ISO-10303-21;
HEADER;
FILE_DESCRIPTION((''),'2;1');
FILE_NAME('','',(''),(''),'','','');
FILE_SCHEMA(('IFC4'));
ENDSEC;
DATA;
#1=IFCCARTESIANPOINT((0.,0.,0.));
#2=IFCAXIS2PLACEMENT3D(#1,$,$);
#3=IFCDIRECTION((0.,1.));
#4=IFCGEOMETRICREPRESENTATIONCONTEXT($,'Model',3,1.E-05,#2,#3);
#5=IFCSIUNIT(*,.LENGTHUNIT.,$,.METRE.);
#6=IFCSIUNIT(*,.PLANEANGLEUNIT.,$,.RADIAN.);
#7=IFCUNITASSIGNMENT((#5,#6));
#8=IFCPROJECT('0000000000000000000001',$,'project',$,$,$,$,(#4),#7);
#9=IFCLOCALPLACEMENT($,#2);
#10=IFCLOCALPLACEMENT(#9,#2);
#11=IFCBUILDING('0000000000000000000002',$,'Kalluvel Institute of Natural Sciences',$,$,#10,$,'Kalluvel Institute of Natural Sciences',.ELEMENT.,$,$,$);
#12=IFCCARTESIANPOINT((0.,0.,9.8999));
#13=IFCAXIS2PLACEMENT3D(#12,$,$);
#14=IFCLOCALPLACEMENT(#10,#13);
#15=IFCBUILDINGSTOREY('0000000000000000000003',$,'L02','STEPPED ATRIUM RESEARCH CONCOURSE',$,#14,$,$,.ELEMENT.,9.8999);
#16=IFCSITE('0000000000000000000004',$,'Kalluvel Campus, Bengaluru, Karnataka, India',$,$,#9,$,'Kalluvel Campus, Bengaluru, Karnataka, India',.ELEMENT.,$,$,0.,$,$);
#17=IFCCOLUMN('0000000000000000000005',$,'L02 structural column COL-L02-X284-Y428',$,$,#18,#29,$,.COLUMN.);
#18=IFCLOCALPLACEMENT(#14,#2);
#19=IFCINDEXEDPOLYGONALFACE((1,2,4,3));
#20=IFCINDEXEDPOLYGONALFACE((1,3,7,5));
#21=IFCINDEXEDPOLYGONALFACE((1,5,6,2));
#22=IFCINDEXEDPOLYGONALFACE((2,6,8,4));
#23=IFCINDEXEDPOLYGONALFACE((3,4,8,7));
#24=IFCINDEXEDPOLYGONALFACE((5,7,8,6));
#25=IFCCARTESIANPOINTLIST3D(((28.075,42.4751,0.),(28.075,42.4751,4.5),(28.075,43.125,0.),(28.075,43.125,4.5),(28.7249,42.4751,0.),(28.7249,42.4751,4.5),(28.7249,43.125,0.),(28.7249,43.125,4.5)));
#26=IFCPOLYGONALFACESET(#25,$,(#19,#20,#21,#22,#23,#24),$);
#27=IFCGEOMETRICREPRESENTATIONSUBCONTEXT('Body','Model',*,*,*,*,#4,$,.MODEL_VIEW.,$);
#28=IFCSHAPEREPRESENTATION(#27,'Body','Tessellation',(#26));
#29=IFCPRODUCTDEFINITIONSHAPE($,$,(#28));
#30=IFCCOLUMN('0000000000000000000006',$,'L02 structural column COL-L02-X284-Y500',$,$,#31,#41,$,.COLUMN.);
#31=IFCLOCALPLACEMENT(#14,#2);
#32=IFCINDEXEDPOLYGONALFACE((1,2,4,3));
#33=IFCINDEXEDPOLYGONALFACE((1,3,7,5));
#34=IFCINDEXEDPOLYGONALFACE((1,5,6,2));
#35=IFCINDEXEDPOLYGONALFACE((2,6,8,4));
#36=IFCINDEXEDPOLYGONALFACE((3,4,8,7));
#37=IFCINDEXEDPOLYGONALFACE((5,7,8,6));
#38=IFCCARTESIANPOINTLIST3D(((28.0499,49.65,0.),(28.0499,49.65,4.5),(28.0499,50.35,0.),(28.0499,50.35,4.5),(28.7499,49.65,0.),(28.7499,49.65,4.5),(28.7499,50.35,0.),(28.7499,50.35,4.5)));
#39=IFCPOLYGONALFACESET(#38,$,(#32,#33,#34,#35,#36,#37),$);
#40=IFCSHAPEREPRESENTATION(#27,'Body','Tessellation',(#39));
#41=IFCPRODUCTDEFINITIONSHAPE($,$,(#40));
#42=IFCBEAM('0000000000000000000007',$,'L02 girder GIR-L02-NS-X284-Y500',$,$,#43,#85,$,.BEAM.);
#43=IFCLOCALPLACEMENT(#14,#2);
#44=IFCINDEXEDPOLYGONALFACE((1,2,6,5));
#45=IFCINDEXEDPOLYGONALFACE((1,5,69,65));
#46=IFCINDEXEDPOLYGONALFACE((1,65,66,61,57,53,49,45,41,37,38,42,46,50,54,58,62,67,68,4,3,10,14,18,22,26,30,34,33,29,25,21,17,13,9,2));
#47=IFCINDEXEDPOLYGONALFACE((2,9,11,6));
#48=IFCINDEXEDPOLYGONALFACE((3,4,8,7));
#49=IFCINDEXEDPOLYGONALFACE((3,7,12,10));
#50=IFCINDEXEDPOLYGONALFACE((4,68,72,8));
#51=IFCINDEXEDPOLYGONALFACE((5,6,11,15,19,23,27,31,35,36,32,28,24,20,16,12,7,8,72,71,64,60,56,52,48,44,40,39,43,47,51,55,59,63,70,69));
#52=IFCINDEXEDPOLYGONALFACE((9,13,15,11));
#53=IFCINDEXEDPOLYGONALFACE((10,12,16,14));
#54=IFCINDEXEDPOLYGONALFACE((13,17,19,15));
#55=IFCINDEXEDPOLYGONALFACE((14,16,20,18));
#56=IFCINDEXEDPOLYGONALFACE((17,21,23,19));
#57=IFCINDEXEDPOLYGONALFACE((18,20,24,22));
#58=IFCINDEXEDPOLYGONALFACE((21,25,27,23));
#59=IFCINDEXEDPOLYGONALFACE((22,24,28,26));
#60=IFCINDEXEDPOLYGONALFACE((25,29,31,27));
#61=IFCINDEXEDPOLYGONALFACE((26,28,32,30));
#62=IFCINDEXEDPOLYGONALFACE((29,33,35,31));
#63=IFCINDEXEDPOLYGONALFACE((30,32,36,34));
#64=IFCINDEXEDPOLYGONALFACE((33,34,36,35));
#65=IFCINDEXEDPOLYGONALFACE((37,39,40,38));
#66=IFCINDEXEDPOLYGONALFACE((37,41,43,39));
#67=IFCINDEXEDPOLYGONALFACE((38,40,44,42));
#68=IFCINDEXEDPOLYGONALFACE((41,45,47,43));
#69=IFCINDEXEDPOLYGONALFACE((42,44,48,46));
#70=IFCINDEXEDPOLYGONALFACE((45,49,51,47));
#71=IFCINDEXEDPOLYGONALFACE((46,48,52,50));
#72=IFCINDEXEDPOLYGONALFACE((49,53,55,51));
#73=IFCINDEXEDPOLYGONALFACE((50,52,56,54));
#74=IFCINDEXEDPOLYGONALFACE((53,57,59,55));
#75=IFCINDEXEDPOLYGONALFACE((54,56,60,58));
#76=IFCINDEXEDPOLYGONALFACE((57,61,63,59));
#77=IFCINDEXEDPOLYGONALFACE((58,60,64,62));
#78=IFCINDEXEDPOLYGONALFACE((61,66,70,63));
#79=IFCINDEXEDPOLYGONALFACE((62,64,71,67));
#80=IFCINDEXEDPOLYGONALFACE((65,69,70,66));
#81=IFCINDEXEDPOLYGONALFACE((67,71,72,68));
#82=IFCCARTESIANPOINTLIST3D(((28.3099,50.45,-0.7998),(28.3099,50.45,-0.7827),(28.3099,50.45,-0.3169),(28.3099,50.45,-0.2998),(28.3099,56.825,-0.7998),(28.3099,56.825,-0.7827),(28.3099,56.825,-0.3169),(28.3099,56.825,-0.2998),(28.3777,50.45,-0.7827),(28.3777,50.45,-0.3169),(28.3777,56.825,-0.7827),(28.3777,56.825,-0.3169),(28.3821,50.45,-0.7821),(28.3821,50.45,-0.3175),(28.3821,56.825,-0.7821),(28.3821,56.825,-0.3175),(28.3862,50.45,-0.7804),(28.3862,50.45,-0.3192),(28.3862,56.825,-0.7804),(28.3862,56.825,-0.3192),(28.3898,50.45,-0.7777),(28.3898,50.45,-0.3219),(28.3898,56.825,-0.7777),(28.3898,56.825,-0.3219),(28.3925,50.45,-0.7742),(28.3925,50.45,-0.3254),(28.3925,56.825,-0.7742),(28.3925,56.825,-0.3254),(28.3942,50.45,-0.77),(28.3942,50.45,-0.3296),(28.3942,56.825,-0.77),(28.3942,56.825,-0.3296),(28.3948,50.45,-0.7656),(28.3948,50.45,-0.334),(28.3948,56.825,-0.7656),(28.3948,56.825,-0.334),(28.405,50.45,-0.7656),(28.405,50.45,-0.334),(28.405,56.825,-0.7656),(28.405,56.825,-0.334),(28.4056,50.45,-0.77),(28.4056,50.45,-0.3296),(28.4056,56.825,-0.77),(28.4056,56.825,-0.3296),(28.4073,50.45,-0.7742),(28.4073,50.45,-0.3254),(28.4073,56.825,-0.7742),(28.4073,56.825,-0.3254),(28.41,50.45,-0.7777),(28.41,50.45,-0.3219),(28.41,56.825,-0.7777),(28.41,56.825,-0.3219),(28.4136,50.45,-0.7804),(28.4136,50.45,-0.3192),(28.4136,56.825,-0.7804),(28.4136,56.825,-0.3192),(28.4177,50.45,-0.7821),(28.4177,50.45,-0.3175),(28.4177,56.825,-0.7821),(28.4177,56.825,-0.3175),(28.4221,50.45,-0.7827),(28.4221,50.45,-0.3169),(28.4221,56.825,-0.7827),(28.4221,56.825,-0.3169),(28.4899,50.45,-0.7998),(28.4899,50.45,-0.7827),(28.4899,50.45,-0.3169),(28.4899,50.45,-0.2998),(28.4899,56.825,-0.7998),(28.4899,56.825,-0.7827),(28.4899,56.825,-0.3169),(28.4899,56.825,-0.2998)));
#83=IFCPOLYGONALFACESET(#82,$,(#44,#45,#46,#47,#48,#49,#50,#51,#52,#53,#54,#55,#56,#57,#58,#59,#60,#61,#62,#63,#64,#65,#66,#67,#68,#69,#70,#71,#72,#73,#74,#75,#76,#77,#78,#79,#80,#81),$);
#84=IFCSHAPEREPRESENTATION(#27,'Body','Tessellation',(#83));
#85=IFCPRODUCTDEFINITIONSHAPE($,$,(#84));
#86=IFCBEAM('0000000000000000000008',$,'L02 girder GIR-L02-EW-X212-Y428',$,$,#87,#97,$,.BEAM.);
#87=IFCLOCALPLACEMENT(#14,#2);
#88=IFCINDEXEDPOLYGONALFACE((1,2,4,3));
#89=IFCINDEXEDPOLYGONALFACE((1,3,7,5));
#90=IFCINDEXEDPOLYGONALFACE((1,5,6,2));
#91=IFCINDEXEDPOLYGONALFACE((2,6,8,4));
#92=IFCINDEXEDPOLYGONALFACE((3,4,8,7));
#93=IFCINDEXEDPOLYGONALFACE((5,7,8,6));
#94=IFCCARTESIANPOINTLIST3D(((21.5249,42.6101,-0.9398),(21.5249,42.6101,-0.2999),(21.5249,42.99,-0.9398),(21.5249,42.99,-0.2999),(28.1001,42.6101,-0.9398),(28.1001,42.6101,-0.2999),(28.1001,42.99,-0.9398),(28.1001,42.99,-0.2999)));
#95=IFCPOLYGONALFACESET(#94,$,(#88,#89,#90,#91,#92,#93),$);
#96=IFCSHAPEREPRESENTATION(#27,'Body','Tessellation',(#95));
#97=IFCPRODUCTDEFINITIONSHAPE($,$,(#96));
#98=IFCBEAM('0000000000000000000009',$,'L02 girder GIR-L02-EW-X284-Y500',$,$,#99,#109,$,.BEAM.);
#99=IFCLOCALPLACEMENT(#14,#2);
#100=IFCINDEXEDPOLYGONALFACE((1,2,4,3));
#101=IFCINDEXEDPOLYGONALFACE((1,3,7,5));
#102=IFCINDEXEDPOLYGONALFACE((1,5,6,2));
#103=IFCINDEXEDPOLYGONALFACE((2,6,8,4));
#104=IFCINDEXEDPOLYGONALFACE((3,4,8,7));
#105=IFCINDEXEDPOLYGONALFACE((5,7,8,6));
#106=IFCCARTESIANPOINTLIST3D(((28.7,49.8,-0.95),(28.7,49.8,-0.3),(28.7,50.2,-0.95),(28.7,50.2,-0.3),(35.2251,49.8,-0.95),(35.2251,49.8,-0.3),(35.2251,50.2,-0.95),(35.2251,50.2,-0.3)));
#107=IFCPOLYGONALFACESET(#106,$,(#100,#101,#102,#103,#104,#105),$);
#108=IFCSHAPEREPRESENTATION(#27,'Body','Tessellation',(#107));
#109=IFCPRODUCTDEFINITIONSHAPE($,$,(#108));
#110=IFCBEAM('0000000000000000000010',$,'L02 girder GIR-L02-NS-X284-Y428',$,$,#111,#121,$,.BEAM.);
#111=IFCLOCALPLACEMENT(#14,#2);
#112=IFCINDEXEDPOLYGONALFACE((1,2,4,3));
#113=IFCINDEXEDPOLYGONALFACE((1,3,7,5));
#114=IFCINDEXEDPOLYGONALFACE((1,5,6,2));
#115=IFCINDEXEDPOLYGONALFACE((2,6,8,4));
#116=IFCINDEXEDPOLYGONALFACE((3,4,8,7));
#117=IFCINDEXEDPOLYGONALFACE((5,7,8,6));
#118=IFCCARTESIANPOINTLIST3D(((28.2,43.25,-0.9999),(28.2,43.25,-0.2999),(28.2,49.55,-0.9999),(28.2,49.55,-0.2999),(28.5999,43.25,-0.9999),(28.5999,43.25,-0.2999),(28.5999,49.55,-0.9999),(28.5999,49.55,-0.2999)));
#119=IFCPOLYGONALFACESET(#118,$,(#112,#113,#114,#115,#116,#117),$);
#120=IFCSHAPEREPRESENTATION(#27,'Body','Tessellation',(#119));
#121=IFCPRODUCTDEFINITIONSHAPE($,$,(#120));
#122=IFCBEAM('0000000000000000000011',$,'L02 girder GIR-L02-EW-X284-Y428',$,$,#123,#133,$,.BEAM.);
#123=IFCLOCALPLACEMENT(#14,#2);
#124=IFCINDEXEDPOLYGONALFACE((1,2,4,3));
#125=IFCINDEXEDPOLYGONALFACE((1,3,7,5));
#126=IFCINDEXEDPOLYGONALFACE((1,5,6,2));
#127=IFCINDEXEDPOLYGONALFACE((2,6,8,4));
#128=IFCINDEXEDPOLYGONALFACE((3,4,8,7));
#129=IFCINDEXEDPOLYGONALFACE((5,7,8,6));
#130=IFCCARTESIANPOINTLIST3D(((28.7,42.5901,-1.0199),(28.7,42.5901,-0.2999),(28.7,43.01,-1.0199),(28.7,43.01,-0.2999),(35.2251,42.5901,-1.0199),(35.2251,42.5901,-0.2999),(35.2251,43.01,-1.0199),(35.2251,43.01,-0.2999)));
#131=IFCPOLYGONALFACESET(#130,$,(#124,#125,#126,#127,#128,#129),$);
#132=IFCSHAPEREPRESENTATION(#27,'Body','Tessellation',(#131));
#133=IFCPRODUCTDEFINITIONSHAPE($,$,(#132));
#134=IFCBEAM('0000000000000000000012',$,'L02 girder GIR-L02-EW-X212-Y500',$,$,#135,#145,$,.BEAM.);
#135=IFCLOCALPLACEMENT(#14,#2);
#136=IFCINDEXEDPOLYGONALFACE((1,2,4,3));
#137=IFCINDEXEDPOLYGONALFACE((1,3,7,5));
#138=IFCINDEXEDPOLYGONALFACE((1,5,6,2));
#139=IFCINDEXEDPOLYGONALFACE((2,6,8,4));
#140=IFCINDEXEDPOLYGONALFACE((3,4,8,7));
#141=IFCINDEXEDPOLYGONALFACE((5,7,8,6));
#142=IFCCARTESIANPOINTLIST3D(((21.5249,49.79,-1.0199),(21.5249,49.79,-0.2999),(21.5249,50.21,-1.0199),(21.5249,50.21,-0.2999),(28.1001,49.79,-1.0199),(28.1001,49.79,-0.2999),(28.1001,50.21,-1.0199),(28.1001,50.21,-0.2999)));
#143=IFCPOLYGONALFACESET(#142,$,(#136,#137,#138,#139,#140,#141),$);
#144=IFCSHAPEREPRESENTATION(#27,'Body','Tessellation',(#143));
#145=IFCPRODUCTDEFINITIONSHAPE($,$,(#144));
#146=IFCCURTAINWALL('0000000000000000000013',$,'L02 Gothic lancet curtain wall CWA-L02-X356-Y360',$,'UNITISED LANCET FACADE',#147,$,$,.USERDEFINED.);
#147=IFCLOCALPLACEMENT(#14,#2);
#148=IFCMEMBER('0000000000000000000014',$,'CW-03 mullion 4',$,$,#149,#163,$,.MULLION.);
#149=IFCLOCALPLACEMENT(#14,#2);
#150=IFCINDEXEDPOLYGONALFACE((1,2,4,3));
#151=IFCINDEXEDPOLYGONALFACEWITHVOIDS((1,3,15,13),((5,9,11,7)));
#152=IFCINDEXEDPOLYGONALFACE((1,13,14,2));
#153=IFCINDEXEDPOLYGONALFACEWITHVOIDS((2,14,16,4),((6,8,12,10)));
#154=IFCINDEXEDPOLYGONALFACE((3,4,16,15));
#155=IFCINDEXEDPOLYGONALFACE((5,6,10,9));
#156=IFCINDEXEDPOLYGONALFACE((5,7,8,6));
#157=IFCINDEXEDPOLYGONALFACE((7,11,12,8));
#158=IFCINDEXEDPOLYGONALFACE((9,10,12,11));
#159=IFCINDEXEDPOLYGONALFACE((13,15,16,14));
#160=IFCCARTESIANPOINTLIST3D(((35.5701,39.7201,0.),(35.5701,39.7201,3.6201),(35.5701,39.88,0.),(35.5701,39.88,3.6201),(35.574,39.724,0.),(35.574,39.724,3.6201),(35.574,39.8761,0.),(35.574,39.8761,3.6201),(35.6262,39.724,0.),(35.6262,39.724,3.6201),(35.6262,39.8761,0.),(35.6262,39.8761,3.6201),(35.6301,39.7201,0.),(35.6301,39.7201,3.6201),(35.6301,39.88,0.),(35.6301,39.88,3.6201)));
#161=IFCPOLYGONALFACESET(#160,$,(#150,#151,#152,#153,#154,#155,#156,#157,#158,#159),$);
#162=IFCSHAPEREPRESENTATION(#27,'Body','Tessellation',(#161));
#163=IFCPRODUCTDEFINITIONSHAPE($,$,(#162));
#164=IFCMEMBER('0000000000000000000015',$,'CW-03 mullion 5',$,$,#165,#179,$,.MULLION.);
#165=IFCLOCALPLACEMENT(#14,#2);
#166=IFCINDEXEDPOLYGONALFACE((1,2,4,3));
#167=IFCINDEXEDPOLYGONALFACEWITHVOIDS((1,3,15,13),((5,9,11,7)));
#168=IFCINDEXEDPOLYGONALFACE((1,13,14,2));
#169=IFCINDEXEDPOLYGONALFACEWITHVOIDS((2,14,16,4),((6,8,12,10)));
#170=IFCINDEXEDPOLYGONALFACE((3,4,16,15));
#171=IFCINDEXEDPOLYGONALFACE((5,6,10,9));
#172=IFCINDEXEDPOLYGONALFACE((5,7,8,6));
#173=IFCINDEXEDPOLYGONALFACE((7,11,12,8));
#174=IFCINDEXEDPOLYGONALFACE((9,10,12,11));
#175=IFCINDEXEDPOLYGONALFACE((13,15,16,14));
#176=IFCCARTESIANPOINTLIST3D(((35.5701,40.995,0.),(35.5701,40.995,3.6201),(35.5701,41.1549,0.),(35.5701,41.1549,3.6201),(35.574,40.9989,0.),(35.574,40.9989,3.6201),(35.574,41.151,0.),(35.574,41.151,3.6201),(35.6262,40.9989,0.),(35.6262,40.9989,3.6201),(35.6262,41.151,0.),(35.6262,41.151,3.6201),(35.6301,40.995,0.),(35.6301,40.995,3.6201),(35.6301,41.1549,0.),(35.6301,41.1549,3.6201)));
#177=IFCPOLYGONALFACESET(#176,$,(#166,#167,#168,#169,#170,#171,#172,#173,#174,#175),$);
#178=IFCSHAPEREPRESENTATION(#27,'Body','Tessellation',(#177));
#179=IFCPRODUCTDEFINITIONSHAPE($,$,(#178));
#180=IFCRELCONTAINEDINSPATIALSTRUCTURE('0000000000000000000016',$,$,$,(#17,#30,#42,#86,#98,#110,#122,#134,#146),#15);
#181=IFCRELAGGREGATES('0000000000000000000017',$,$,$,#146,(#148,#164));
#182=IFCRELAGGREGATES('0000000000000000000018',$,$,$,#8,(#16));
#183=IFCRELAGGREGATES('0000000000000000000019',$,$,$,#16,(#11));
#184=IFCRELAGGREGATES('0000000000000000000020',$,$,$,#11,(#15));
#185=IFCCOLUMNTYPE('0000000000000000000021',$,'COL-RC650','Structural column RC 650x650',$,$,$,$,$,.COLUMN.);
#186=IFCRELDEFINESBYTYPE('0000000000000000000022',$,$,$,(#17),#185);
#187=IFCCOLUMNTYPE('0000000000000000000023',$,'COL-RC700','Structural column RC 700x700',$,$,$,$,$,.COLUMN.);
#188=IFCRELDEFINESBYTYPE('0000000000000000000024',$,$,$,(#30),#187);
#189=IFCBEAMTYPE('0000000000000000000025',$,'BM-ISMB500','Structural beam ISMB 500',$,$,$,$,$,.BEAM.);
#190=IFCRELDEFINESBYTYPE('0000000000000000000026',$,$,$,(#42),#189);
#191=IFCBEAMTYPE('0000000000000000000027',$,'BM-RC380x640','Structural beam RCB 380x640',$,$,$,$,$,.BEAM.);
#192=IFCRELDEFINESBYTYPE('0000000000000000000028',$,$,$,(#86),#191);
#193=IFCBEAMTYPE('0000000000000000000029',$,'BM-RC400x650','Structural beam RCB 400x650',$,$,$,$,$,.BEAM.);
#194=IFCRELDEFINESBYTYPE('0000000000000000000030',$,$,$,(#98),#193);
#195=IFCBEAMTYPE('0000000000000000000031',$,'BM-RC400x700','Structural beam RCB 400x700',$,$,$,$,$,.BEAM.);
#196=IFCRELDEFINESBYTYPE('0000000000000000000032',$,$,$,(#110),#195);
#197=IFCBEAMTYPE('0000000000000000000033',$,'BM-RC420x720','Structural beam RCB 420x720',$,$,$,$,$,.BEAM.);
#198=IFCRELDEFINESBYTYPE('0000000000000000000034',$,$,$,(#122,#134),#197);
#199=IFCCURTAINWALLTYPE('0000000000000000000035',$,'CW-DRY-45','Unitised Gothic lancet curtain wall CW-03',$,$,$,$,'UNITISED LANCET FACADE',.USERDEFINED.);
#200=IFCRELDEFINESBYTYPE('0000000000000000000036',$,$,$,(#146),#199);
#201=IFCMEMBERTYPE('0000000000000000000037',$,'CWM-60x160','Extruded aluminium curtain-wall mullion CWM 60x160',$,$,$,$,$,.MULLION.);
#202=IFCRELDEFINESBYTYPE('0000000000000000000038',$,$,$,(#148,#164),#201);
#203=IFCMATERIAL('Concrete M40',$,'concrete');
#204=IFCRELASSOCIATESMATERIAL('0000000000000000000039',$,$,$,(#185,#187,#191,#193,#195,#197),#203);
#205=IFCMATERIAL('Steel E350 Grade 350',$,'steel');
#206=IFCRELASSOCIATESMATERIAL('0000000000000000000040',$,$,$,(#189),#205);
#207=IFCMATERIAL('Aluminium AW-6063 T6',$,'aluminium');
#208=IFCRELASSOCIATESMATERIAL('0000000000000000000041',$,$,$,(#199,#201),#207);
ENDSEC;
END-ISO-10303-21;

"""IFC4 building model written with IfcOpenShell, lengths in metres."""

from ifc_helpers import new_model, si_unit, direction, frame, origin, origin_2d, place, context, subcontext, project, spatial, rectangle, hollow_rectangle, i_section, extrude, material, material_profile, profile_set, type_object, element, aggregate, save


model = new_model("IFC4")

# Units and contexts
model_context = context("Model", 3, precision=1e-05, world=origin(), true_north=direction((0.0, 1.0)))
body_context = subcontext(model_context, "Body", "Model", "MODEL_VIEW")
ifc_project = project(units=[si_unit("LENGTHUNIT", "METRE"), si_unit("PLANEANGLEUNIT", "RADIAN")], contexts=[model_context])

# Site, building, storey
site_placement = place(None, origin())
site = spatial("IfcSite", under=ifc_project, at=site_placement, Name="Kalluvel Campus, Bengaluru, Karnataka, India", LongName="Kalluvel Campus, Bengaluru, Karnataka, India", CompositionType="ELEMENT", RefElevation=0.0)
building_placement = place(site_placement, origin())
building = spatial("IfcBuilding", under=site, at=building_placement, Name="Kalluvel Institute of Natural Sciences", LongName="Kalluvel Institute of Natural Sciences", CompositionType="ELEMENT")
storey_placement = place(building_placement, frame((0.0, 0.0, 9.8999)))
storey = spatial("IfcBuildingStorey", under=building, at=storey_placement, Name="L02", Description="STEPPED ATRIUM RESEARCH CONCOURSE", CompositionType="ELEMENT", Elevation=9.8999)

# Columns
ifc_material_1 = material(Name="Concrete M40", Category="concrete")
ifc_material_profile_1 = material_profile(ifc_material_1, rectangle(XDim=0.6499, YDim=0.6499, at=origin_2d()), Name="RC 650x650")
ifc_profile_set_1 = profile_set([ifc_material_profile_1], Name="Concrete M40")
column_type_1 = type_object("IfcColumnType", Name="COL-RC650", Description="Structural column RC 650x650", PredefinedType="COLUMN", material=ifc_profile_set_1)
column_1_placement = place(storey_placement, frame((28.3999, 42.8, 0.0), z_axis=(0.0, 0.0, 1.0), x_axis=(1.0, 0.0, 0.0)))
element("IfcColumn", 1, at=column_1_placement, inside=storey, type_object=column_type_1, Name="L02 structural column COL-L02-X284-Y428", PredefinedType="COLUMN", context=body_context, shape_type="SweptSolid", body=[
    extrude(rectangle(XDim=0.6499, YDim=0.6499, at=origin_2d()), origin(), (0.0, 0.0, 1.0), 4.5),
])
ifc_material_profile_2 = material_profile(ifc_material_1, rectangle(XDim=0.7, YDim=0.7, at=origin_2d()), Name="RC 700x700")
ifc_profile_set_2 = profile_set([ifc_material_profile_2], Name="Concrete M40")
column_type_2 = type_object("IfcColumnType", Name="COL-RC700", Description="Structural column RC 700x700", PredefinedType="COLUMN", material=ifc_profile_set_2)
column_2_placement = place(storey_placement, frame((28.3999, 50.0, 0.0), z_axis=(0.0, 0.0, 1.0), x_axis=(1.0, 0.0, 0.0)))
element("IfcColumn", 2, at=column_2_placement, inside=storey, type_object=column_type_2, Name="L02 structural column COL-L02-X284-Y500", PredefinedType="COLUMN", context=body_context, shape_type="SweptSolid", body=[
    extrude(rectangle(XDim=0.7, YDim=0.7, at=origin_2d()), origin(), (0.0, 0.0, 1.0), 4.5),
])

# Beams
ifc_material_2 = material(Name="Steel E350 Grade 350", Category="steel")
ifc_material_profile_3 = material_profile(ifc_material_2, i_section(OverallWidth=0.1799, OverallDepth=0.5, WebThickness=0.0103, FlangeThickness=0.0171, FilletRadius=0.0171, at=origin_2d()), Name="ISMB 500")
ifc_profile_set_3 = profile_set([ifc_material_profile_3], Name="Steel E350 Grade 350")
beam_type_1 = type_object("IfcBeamType", Name="BM-ISMB500", Description="Structural beam ISMB 500", PredefinedType="BEAM", material=ifc_profile_set_3)
beam_1_placement = place(storey_placement, frame((28.3999, 50.45, -0.5498), z_axis=(0.0, 1.0, 0.0), x_axis=(-1.0, 0.0, 0.0)))
element("IfcBeam", 3, at=beam_1_placement, inside=storey, type_object=beam_type_1, Name="L02 girder GIR-L02-NS-X284-Y500", PredefinedType="BEAM", context=body_context, shape_type="SweptSolid", body=[
    extrude(i_section(OverallWidth=0.1799, OverallDepth=0.5, WebThickness=0.0103, FlangeThickness=0.0171, FilletRadius=0.0171, at=origin_2d()), origin(), (0.0, 0.0, 1.0), 6.375),
])
ifc_material_profile_4 = material_profile(ifc_material_1, rectangle(XDim=0.3799, YDim=0.6399, at=origin_2d()), Name="RCB 380x640")
ifc_profile_set_4 = profile_set([ifc_material_profile_4], Name="Concrete M40")
beam_type_2 = type_object("IfcBeamType", Name="BM-RC380x640", Description="Structural beam RCB 380x640", PredefinedType="BEAM", material=ifc_profile_set_4)
beam_2_placement = place(storey_placement, frame((21.5249, 42.8, -0.6199), z_axis=(1.0, 0.0, 0.0), x_axis=(0.0, 1.0, 0.0)))
element("IfcBeam", 4, at=beam_2_placement, inside=storey, type_object=beam_type_2, Name="L02 girder GIR-L02-EW-X212-Y428", PredefinedType="BEAM", context=body_context, shape_type="SweptSolid", body=[
    extrude(rectangle(XDim=0.3799, YDim=0.6399, at=origin_2d()), origin(), (0.0, 0.0, 1.0), 6.5752),
])
ifc_material_profile_5 = material_profile(ifc_material_1, rectangle(XDim=0.3999, YDim=0.6499, at=origin_2d()), Name="RCB 400x650")
ifc_profile_set_5 = profile_set([ifc_material_profile_5], Name="Concrete M40")
beam_type_3 = type_object("IfcBeamType", Name="BM-RC400x650", Description="Structural beam RCB 400x650", PredefinedType="BEAM", material=ifc_profile_set_5)
beam_3_placement = place(storey_placement, frame((28.7, 50.0, -0.625), z_axis=(1.0, 0.0, 0.0), x_axis=(0.0, 1.0, 0.0)))
element("IfcBeam", 5, at=beam_3_placement, inside=storey, type_object=beam_type_3, Name="L02 girder GIR-L02-EW-X284-Y500", PredefinedType="BEAM", context=body_context, shape_type="SweptSolid", body=[
    extrude(rectangle(XDim=0.3999, YDim=0.6499, at=origin_2d()), origin(), (0.0, 0.0, 1.0), 6.5251),
])
ifc_material_profile_6 = material_profile(ifc_material_1, rectangle(XDim=0.3999, YDim=0.7, at=origin_2d()), Name="RCB 400x700")
ifc_profile_set_6 = profile_set([ifc_material_profile_6], Name="Concrete M40")
beam_type_4 = type_object("IfcBeamType", Name="BM-RC400x700", Description="Structural beam RCB 400x700", PredefinedType="BEAM", material=ifc_profile_set_6)
beam_4_placement = place(storey_placement, frame((28.3999, 43.25, -0.6499), z_axis=(0.0, 1.0, 0.0), x_axis=(-1.0, 0.0, 0.0)))
element("IfcBeam", 6, at=beam_4_placement, inside=storey, type_object=beam_type_4, Name="L02 girder GIR-L02-NS-X284-Y428", PredefinedType="BEAM", context=body_context, shape_type="SweptSolid", body=[
    extrude(rectangle(XDim=0.3999, YDim=0.7, at=origin_2d()), origin(), (0.0, 0.0, 1.0), 6.3),
])
ifc_material_profile_7 = material_profile(ifc_material_1, rectangle(XDim=0.4199, YDim=0.72, at=origin_2d()), Name="RCB 420x720")
ifc_profile_set_7 = profile_set([ifc_material_profile_7], Name="Concrete M40")
beam_type_5 = type_object("IfcBeamType", Name="BM-RC420x720", Description="Structural beam RCB 420x720", PredefinedType="BEAM", material=ifc_profile_set_7)
beam_5_placement = place(storey_placement, frame((28.7, 42.8, -0.6599), z_axis=(1.0, 0.0, 0.0), x_axis=(0.0, 1.0, 0.0)))
element("IfcBeam", 7, at=beam_5_placement, inside=storey, type_object=beam_type_5, Name="L02 girder GIR-L02-EW-X284-Y428", PredefinedType="BEAM", context=body_context, shape_type="SweptSolid", body=[
    extrude(rectangle(XDim=0.4199, YDim=0.72, at=origin_2d()), origin(), (0.0, 0.0, 1.0), 6.5251),
])
beam_6_placement = place(storey_placement, frame((21.5249, 50.0, -0.6599), z_axis=(1.0, 0.0, 0.0), x_axis=(0.0, 1.0, 0.0)))
element("IfcBeam", 8, at=beam_6_placement, inside=storey, type_object=beam_type_5, Name="L02 girder GIR-L02-EW-X212-Y500", PredefinedType="BEAM", context=body_context, shape_type="SweptSolid", body=[
    extrude(rectangle(XDim=0.4199, YDim=0.72, at=origin_2d()), origin(), (0.0, 0.0, 1.0), 6.5752),
])

# Curtain wall, members
ifc_material_3 = material(Name="Aluminium AW-6063 T6", Category="aluminium")
curtain_wall_type = type_object("IfcCurtainWallType", Name="CW-DRY-45", Description="Unitised Gothic lancet curtain wall CW-03", ElementType="UNITISED LANCET FACADE", PredefinedType="USERDEFINED", material=ifc_material_3)
curtain_wall_placement = place(storey_placement, origin())
curtain_wall = element("IfcCurtainWall", 9, at=curtain_wall_placement, inside=storey, type_object=curtain_wall_type, Name="L02 Gothic lancet curtain wall CWA-L02-X356-Y360", ObjectType="UNITISED LANCET FACADE", PredefinedType="USERDEFINED")
ifc_material_profile_8 = material_profile(ifc_material_3, hollow_rectangle(XDim=0.0601, YDim=0.1599, WallThickness=0.0039, at=origin_2d()), Name="CWM 60x160")
ifc_profile_set_8 = profile_set([ifc_material_profile_8], Name="Aluminium AW-6063 T6")
member_type_1 = type_object("IfcMemberType", Name="CWM-60x160", Description="Extruded aluminium curtain-wall mullion CWM 60x160", PredefinedType="MULLION", material=ifc_profile_set_8)
member_1_placement = place(storey_placement, frame((35.6001, 39.8, 0.0), z_axis=(0.0, 0.0, 1.0), x_axis=(-1.0, 0.0, 0.0)))
member_1 = element("IfcMember", 10, at=member_1_placement, type_object=member_type_1, Name="CW-03 mullion 4", PredefinedType="MULLION", context=body_context, shape_type="SweptSolid", body=[
    extrude(hollow_rectangle(XDim=0.0601, YDim=0.1599, WallThickness=0.0039, at=origin_2d()), origin(), (0.0, 0.0, 1.0), 3.6201),
])
member_2_placement = place(storey_placement, frame((35.6001, 41.075, 0.0), z_axis=(0.0, 0.0, 1.0), x_axis=(-1.0, 0.0, 0.0)))
member_2 = element("IfcMember", 11, at=member_2_placement, type_object=member_type_1, Name="CW-03 mullion 5", PredefinedType="MULLION", context=body_context, shape_type="SweptSolid", body=[
    extrude(hollow_rectangle(XDim=0.0601, YDim=0.1599, WallThickness=0.0039, at=origin_2d()), origin(), (0.0, 0.0, 1.0), 3.6201),
])

aggregate(curtain_wall, [member_1, member_2])

save(model, "model.ifc")
